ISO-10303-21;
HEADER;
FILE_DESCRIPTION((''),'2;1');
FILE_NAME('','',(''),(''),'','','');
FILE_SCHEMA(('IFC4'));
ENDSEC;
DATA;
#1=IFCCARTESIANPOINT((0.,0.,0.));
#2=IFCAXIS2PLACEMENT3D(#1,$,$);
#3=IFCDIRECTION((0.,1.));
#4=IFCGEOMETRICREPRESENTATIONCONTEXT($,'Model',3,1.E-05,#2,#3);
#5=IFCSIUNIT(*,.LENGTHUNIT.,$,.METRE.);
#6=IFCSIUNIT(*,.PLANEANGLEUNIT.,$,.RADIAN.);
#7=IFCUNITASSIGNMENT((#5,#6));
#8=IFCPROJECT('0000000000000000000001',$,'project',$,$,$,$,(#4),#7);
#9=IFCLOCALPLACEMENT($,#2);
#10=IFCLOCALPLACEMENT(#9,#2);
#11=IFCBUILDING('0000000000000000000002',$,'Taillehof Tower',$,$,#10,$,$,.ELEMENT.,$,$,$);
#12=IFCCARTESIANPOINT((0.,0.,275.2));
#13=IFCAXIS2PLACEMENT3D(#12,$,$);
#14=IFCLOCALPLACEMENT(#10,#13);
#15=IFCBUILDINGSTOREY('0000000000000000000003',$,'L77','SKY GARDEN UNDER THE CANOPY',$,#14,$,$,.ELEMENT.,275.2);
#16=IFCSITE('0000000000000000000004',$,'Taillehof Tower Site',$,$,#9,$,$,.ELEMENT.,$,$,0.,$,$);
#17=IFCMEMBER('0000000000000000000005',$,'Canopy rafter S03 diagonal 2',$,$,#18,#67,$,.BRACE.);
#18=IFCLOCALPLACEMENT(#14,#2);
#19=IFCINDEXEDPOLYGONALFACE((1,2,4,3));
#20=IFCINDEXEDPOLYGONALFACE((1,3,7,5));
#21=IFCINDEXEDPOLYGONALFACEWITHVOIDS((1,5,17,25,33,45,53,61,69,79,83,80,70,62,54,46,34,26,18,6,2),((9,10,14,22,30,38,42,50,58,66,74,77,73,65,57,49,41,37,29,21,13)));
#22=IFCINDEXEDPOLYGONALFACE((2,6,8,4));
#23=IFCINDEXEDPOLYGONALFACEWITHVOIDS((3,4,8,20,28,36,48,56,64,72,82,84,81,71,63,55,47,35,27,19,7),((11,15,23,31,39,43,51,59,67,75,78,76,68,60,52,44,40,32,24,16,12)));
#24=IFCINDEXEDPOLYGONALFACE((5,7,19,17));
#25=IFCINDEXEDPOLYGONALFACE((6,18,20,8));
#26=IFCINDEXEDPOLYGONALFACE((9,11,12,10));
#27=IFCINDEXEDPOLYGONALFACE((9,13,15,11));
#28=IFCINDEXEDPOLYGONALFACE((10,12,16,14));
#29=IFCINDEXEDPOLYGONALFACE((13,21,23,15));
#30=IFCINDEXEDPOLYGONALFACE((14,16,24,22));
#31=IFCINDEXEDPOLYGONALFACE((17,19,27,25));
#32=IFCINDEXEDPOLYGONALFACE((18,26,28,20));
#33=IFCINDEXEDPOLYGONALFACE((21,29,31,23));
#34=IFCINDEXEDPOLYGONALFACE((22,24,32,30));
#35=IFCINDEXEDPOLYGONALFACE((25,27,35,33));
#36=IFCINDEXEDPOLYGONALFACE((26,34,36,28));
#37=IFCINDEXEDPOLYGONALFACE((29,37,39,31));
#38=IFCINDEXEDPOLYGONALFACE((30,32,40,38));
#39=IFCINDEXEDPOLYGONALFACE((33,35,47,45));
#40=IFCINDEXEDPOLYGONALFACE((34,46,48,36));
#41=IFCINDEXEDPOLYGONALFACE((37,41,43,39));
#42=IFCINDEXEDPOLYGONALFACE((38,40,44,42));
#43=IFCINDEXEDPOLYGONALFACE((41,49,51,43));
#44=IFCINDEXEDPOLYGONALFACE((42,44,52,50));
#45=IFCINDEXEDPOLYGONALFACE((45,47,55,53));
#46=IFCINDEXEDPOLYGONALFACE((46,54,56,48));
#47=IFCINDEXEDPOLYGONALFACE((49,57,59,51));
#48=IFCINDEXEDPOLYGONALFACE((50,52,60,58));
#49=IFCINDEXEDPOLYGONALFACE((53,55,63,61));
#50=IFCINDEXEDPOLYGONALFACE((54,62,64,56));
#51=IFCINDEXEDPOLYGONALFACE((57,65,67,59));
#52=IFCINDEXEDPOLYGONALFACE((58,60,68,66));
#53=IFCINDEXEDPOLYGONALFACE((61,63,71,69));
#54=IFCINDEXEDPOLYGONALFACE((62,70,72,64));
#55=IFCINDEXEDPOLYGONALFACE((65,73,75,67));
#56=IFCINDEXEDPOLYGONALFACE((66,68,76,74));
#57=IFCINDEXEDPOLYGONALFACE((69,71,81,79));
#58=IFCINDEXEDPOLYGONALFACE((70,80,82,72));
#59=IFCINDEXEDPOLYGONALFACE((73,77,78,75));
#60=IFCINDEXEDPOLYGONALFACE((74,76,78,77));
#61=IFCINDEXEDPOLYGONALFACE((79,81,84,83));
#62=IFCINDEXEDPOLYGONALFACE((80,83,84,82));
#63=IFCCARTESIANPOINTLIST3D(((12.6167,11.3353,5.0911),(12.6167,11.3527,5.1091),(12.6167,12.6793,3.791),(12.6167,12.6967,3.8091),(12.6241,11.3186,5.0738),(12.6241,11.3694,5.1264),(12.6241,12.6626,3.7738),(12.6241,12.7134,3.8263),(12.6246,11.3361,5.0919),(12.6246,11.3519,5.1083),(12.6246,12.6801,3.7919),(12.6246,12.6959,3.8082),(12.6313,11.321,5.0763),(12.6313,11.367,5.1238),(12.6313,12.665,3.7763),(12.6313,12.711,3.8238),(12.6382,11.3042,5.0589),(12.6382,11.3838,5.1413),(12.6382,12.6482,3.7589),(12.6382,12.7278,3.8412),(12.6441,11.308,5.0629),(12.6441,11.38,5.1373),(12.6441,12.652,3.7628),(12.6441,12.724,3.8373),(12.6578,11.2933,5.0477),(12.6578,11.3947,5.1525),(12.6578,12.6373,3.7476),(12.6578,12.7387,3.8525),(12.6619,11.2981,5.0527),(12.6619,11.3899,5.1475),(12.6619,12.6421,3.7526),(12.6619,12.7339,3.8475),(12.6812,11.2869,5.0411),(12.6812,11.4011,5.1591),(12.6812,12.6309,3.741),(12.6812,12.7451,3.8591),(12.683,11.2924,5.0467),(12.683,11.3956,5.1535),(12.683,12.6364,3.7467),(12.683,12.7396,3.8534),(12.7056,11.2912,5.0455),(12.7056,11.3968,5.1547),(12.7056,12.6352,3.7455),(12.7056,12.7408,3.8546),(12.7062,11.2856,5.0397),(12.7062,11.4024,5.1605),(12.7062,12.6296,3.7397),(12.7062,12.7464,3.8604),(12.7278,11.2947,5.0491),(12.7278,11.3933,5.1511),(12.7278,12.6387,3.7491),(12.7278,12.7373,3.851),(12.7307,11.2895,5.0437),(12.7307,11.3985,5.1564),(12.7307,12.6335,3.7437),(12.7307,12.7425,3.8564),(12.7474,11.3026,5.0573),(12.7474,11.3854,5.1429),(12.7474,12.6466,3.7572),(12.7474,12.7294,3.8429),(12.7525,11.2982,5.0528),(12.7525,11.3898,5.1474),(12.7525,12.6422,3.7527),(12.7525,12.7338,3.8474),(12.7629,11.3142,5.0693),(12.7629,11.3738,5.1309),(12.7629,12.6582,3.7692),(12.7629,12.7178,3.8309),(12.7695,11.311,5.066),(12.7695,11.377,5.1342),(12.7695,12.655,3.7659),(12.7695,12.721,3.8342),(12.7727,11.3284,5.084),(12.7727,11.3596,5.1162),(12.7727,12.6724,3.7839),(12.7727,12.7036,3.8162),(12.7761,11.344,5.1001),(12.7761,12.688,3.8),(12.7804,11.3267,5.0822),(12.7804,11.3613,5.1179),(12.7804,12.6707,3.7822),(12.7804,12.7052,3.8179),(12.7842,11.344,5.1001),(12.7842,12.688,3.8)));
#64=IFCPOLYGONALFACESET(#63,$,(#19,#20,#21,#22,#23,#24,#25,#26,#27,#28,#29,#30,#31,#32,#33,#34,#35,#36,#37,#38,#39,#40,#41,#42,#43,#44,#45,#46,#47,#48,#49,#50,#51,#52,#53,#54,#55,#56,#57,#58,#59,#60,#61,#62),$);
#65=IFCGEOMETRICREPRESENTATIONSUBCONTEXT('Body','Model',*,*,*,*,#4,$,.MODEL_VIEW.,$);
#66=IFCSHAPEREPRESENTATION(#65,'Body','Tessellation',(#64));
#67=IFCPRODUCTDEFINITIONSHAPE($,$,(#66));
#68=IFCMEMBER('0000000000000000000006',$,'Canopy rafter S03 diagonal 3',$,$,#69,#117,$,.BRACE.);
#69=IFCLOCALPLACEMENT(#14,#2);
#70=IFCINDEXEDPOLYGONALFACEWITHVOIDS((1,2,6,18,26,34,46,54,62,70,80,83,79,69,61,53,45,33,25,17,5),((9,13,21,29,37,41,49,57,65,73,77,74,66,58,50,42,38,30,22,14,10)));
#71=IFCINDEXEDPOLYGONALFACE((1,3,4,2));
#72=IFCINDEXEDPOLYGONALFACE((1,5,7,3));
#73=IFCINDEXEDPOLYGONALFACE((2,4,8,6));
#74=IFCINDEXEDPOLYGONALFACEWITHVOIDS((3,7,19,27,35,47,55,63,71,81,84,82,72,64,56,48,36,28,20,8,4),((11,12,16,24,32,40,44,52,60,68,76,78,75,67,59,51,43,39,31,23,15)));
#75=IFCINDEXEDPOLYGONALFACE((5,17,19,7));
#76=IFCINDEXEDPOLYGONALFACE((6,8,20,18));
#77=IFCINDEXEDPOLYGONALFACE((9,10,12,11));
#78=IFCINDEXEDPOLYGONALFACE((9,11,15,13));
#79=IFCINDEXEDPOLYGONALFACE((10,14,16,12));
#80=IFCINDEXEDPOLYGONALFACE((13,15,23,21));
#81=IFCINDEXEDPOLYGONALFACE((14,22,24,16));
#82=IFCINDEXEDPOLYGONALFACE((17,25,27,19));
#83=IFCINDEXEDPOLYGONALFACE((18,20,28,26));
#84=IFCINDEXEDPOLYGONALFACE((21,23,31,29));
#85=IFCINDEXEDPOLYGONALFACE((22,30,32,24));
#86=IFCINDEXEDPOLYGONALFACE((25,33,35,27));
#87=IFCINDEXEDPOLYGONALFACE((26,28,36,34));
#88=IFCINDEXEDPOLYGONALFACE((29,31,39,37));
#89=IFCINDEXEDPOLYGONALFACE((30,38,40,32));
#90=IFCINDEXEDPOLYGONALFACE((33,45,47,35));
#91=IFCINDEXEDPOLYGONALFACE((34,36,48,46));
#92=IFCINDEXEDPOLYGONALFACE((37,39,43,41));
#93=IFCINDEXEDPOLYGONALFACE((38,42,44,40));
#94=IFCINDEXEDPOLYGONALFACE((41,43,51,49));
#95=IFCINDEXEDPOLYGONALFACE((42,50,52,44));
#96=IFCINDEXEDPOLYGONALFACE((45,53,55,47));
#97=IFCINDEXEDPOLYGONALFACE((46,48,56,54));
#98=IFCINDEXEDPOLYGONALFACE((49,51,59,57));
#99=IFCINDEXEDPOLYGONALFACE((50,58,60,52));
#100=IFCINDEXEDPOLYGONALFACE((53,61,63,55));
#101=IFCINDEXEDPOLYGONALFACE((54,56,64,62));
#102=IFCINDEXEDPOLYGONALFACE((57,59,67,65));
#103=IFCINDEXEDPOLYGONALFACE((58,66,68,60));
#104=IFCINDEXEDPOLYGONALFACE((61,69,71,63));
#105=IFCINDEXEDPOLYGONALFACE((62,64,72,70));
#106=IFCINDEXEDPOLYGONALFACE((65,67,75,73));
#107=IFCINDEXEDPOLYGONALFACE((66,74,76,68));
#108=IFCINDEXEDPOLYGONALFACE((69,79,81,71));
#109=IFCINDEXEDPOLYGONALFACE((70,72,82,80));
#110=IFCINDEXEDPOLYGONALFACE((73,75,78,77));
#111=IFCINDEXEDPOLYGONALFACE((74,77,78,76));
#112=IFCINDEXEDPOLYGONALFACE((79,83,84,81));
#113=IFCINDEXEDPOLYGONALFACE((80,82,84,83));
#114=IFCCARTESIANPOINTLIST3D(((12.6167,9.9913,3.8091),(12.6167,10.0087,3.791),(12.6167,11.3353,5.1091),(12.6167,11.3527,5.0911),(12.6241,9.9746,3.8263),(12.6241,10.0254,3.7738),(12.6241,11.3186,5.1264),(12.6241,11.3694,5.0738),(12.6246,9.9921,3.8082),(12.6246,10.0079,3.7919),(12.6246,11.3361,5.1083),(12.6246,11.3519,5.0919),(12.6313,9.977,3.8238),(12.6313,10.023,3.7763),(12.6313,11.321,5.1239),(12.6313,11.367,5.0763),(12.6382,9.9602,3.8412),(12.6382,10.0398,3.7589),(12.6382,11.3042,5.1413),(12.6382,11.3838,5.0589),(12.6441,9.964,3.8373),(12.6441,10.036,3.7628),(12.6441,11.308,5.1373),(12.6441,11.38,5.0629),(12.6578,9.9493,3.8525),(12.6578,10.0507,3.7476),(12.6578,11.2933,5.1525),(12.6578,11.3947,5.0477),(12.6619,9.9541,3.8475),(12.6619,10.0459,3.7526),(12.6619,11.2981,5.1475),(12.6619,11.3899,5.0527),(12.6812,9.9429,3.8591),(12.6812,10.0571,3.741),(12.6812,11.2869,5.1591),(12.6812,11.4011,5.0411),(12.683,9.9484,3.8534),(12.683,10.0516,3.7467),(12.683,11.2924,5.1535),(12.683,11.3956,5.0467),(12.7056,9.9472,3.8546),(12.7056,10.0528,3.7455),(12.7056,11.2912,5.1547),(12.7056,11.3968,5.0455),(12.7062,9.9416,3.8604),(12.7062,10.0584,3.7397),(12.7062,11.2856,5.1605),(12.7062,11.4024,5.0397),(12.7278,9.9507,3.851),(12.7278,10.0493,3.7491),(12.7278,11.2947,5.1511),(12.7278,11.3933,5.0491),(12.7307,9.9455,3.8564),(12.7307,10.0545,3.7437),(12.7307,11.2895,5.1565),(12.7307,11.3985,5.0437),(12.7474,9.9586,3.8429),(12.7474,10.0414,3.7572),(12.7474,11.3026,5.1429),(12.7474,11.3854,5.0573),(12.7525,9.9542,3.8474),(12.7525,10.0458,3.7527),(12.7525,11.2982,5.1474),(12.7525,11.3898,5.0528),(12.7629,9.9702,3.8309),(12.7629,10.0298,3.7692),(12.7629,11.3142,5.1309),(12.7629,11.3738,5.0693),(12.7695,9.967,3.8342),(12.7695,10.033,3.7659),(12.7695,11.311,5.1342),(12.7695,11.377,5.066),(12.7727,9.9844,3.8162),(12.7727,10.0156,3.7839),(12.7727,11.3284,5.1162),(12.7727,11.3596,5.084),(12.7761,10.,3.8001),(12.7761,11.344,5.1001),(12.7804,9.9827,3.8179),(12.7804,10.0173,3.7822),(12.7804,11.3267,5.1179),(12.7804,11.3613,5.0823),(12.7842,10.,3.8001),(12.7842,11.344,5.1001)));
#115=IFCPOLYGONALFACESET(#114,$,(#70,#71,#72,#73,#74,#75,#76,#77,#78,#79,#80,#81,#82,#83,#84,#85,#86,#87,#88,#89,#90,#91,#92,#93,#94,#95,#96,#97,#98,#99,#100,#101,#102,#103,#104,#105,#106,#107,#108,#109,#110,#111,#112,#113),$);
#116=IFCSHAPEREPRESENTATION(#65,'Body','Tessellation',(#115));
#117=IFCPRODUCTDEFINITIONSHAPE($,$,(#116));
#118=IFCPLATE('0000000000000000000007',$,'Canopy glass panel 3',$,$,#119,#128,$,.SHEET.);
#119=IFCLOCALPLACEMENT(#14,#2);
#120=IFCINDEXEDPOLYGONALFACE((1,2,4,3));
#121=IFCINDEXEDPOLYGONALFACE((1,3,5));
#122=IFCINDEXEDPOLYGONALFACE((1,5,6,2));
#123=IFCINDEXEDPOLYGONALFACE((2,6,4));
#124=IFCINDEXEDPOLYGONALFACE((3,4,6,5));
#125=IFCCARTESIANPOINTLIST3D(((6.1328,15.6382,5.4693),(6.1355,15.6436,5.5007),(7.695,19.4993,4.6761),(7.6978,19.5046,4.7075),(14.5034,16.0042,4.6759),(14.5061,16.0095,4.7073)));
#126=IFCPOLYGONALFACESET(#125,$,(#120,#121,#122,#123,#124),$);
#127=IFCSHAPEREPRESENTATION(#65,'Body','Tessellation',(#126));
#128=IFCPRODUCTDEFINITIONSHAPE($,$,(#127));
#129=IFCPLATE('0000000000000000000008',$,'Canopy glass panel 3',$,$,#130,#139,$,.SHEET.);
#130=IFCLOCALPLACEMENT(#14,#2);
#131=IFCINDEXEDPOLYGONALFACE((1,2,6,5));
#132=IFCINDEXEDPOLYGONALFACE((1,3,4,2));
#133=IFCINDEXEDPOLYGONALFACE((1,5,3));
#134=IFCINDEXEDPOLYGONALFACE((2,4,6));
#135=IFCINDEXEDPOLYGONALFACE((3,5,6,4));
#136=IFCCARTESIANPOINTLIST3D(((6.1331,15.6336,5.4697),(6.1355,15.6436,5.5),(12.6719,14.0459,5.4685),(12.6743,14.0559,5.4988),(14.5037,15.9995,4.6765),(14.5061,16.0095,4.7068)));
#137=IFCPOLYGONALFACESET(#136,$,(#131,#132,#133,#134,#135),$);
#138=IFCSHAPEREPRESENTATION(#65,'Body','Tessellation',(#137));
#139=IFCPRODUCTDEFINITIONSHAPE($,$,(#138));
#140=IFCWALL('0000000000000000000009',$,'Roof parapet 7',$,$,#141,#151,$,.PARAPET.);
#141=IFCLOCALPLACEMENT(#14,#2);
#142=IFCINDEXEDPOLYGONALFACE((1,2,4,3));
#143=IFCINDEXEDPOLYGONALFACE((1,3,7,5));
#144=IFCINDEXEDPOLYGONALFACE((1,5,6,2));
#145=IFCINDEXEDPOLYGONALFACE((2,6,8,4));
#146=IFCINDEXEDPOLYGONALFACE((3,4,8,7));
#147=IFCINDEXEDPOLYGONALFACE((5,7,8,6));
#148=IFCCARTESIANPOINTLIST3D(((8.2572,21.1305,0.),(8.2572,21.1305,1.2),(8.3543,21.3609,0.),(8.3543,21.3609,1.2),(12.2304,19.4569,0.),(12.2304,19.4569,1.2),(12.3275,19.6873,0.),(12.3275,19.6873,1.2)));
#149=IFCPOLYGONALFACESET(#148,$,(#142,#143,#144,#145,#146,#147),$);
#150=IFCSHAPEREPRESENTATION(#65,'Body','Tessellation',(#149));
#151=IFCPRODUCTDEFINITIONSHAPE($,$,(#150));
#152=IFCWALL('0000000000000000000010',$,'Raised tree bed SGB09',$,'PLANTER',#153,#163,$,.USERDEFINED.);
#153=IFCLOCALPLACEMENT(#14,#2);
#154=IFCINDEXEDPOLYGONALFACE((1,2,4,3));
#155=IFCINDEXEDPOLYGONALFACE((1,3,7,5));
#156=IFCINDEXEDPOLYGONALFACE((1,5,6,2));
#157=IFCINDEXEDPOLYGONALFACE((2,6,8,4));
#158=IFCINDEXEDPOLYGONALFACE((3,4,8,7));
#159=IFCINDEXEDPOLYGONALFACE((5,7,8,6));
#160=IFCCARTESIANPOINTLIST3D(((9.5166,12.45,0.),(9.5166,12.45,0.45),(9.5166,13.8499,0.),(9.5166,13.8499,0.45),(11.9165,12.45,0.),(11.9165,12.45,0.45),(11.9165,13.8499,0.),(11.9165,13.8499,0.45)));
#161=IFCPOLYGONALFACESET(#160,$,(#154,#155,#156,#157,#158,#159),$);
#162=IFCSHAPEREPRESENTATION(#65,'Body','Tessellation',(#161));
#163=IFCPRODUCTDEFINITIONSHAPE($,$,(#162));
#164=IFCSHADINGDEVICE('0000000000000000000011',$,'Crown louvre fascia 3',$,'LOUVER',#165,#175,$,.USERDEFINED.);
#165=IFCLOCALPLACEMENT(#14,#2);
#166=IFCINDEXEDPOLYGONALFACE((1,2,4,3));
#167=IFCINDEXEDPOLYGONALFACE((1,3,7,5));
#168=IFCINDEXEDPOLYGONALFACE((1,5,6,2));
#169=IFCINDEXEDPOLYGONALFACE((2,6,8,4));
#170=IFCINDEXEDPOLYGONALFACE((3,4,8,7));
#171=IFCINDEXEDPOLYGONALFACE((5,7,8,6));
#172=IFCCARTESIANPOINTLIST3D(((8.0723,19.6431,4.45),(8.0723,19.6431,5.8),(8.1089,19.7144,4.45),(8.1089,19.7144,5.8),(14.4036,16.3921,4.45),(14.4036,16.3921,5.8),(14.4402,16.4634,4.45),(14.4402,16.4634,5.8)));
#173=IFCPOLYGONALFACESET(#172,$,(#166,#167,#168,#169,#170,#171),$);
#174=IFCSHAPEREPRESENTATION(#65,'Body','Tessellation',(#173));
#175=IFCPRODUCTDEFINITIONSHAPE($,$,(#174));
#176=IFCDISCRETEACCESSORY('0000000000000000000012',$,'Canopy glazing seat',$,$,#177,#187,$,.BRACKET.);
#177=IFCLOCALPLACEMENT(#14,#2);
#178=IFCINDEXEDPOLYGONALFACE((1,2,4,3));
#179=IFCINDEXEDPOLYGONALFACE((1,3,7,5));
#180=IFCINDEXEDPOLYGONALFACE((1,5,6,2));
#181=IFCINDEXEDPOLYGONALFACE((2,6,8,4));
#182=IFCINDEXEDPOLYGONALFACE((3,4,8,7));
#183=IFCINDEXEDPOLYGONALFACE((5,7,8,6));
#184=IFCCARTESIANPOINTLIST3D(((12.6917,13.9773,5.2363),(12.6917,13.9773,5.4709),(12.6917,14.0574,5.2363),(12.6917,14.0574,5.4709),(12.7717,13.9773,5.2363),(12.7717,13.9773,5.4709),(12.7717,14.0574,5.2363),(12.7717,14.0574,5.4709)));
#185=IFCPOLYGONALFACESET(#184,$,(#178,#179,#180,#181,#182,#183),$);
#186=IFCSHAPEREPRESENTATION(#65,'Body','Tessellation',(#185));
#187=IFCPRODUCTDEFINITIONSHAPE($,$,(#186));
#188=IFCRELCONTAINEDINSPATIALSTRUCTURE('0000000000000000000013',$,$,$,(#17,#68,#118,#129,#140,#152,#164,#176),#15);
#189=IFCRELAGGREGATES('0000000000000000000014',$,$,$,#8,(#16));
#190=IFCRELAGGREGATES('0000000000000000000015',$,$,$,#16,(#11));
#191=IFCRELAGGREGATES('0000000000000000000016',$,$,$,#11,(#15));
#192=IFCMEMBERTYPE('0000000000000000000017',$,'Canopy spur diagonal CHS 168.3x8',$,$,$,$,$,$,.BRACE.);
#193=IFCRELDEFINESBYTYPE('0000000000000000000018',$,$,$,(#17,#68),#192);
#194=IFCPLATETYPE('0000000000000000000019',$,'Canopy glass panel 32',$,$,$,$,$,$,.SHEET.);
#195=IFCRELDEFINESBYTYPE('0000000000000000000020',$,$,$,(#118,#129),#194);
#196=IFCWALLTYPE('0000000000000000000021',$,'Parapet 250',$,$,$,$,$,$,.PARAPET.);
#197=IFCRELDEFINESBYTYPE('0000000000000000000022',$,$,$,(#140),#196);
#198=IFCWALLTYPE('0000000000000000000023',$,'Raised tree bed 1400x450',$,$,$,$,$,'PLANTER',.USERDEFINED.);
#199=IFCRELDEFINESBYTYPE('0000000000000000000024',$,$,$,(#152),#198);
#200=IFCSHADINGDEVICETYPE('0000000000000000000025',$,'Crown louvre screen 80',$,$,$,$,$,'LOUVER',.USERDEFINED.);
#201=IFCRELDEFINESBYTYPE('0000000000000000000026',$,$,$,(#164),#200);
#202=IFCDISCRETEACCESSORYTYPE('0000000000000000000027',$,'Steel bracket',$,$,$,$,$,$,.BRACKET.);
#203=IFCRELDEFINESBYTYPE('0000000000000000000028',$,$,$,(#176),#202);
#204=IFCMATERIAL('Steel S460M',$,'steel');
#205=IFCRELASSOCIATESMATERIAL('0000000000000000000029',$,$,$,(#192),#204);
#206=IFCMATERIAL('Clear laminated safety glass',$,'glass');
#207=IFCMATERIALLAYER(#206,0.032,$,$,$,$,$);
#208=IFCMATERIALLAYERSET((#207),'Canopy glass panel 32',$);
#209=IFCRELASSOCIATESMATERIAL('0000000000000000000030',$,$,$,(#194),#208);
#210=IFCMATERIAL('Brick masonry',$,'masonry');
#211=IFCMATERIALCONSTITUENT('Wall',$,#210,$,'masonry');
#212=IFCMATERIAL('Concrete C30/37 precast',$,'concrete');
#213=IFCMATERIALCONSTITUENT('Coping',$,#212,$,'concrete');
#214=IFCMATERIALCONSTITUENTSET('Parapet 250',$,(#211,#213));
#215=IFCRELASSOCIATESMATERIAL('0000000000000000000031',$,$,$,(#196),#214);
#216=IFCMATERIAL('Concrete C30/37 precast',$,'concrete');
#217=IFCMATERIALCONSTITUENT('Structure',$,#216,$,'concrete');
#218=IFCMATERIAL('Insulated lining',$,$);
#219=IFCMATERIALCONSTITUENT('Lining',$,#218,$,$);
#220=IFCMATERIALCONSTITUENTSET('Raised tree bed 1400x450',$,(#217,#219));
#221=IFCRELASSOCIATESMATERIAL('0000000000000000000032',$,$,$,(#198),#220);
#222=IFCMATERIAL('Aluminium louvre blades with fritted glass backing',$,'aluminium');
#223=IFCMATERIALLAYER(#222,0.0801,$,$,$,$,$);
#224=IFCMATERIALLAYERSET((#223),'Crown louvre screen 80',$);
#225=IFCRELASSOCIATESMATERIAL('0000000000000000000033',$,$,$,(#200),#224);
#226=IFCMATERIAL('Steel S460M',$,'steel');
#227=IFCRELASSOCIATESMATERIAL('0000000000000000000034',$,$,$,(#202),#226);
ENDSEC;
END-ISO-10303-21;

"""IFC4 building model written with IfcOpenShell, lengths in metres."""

from ifc_helpers import new_model, si_unit, direction, frame, frame_2d, origin, origin_2d, place, context, subcontext, project, spatial, polyline, rectangle, hollow_circle, outline, extrude, material, layer, layer_set, constituent, constituent_set, material_profile, profile_set, type_object, element, save


model = new_model("IFC4")

# Units and contexts
model_context = context("Model", 3, precision=1e-05, world=origin(), true_north=direction((0.0, 1.0)))
body_context = subcontext(model_context, "Body", "Model", "MODEL_VIEW")
ifc_project = project(units=[si_unit("LENGTHUNIT", "METRE"), si_unit("PLANEANGLEUNIT", "RADIAN")], contexts=[model_context])

# Site, building, storey
site_placement = place(None, origin())
site = spatial("IfcSite", under=ifc_project, at=site_placement, Name="Taillehof Tower Site", CompositionType="ELEMENT", RefElevation=0.0)
building_placement = place(site_placement, origin())
building = spatial("IfcBuilding", under=site, at=building_placement, Name="Taillehof Tower", CompositionType="ELEMENT")
storey_placement = place(building_placement, frame((0.0, 0.0, 275.2)))
storey = spatial("IfcBuildingStorey", under=building, at=storey_placement, Name="L77", Description="SKY GARDEN UNDER THE CANOPY", CompositionType="ELEMENT", Elevation=275.2)

# Members
ifc_material_1 = material(Name="Steel S460M", Category="steel")
ifc_material_profile_1 = material_profile(ifc_material_1, hollow_circle(Radius=0.0842, WallThickness=0.0081, at=origin_2d()), Name="CHS 168.3x8")
ifc_profile_set_1 = profile_set([ifc_material_profile_1], Name="Steel S460M")
member_type_1 = type_object("IfcMemberType", Name="Canopy spur diagonal CHS 168.3x8", PredefinedType="BRACE", material=ifc_profile_set_1)
for number, where, z_axis, x_axis, name in (
    (1, (12.7, 12.688, 3.8), (0.0, -0.71876, 0.695258), (1.0, 0.0, 0.0), "Canopy rafter S03 diagonal 2"),
    (2, (12.7, 11.344, 5.1001), (0.0, -0.71876, -0.695258), (1.0, 0.0, 0.0), "Canopy rafter S03 diagonal 3"),
):
    element("IfcMember", number, at=place(storey_placement, frame(where, z_axis=z_axis, x_axis=x_axis)), inside=storey, type_object=member_type_1, Name=name, PredefinedType="BRACE", context=body_context, shape_type="SweptSolid", body=[
        extrude(hollow_circle(Radius=0.0842, WallThickness=0.0081, at=origin_2d()), origin(), (0.0, 0.0, 1.0), 1.8699),
    ])

# Plates
ifc_material_2 = material(Name="Clear laminated safety glass", Category="glass")
ifc_layer_1 = layer(ifc_material_2, 0.032)
ifc_layer_set_1 = layer_set([ifc_layer_1], Name="Canopy glass panel 32")
plate_type = type_object("IfcPlateType", Name="Canopy glass panel 32", PredefinedType="SHEET", material=ifc_layer_set_1)
plate_1_placement = place(storey_placement, frame((14.5061, 16.0095, 4.7073), z_axis=(0.0858, 0.167066, 0.982205), x_axis=(-0.889623, 0.456695, 0.000032)))
element("IfcPlate", 3, at=plate_1_placement, inside=storey, type_object=plate_type, Name="Canopy glass panel 3", PredefinedType="SHEET", context=body_context, shape_type="SweptSolid", body=[
    extrude(outline(polyline([(0.0, 0.0), (7.6531, 0.0), (7.2796, 4.2235), (0.0, 0.0)])), origin(), (0.0, 0.0, -1.0), 0.032),
])
plate_2_placement = place(storey_placement, frame((14.5061, 16.0095, 4.7068), z_axis=(0.076061, 0.312536, 0.946856), x_axis=(-0.994598, -0.043484, 0.09425)))
element("IfcPlate", 4, at=plate_2_placement, inside=storey, type_object=plate_type, Name="Canopy glass panel 3", PredefinedType="SHEET", context=body_context, shape_type="SweptSolid", body=[
    extrude(outline(polyline([(0.0, 0.0), (8.4161, 0.0), (1.9815, 1.968), (0.0, 0.0)])), origin(), (0.0, 0.0, -1.0), 0.032),
])

# Walls
ifc_material_3 = material(Name="Brick masonry", Category="masonry")
ifc_constituent_1 = constituent(ifc_material_3, Name="Wall", Category="masonry")
ifc_material_4 = material(Name="Concrete C30/37 precast", Category="concrete")
ifc_constituent_2 = constituent(ifc_material_4, Name="Coping", Category="concrete")
ifc_constituent_set_1 = constituent_set(constituents=[ifc_constituent_1, ifc_constituent_2], Name="Parapet 250")
wall_type_1 = type_object("IfcWallType", Name="Parapet 250", PredefinedType="PARAPET", material=ifc_constituent_set_1)
wall_1_placement = place(storey_placement, frame((12.2791, 19.572, 0.0), z_axis=(0.0, 0.0, 1.0), x_axis=(-0.921579, 0.388191, 0.0)))
element("IfcWall", 5, at=wall_1_placement, inside=storey, type_object=wall_type_1, Name="Roof parapet 7", PredefinedType="PARAPET", context=body_context, shape_type="SweptSolid", body=[
    extrude(rectangle(XDim=4.3113, YDim=0.25, at=frame_2d((2.1558, 0.0))), origin(), (0.0, 0.0, 1.0), 1.2),
])
ifc_material_5 = material(Name="Concrete C30/37 precast", Category="concrete")
ifc_constituent_3 = constituent(ifc_material_5, Name="Structure", Category="concrete")
ifc_material_6 = material(Name="Insulated lining")
ifc_constituent_4 = constituent(ifc_material_6, Name="Lining")
ifc_constituent_set_2 = constituent_set(constituents=[ifc_constituent_3, ifc_constituent_4], Name="Raised tree bed 1400x450")
wall_type_2 = type_object("IfcWallType", Name="Raised tree bed 1400x450", ElementType="PLANTER", PredefinedType="USERDEFINED", material=ifc_constituent_set_2)
wall_2_placement = place(storey_placement, frame((11.9165, 13.1499, 0.0), z_axis=(0.0, 0.0, 1.0), x_axis=(-1.0, 0.0, 0.0)))
element("IfcWall", 6, at=wall_2_placement, inside=storey, type_object=wall_type_2, Name="Raised tree bed SGB09", ObjectType="PLANTER", PredefinedType="USERDEFINED", context=body_context, shape_type="SweptSolid", body=[
    extrude(rectangle(XDim=2.3999, YDim=1.3999, at=frame_2d((1.2, 0.0))), origin(), (0.0, 0.0, 1.0), 0.45),
])

# Shading device
ifc_material_7 = material(Name="Aluminium louvre blades with fritted glass backing", Category="aluminium")
ifc_layer_2 = layer(ifc_material_7, 0.0801)
ifc_layer_set_2 = layer_set([ifc_layer_2], Name="Crown louvre screen 80")
shading_device_type = type_object("IfcShadingDeviceType", Name="Crown louvre screen 80", ElementType="LOUVER", PredefinedType="USERDEFINED", material=ifc_layer_set_2)
shading_device_placement = place(storey_placement, frame((14.4402, 16.4634, 4.45), z_axis=(0.456779, 0.88958, 0.0), x_axis=(-0.88958, 0.456779, 0.0)))
element("IfcShadingDevice", 7, at=shading_device_placement, inside=storey, type_object=shading_device_type, Name="Crown louvre fascia 3", ObjectType="LOUVER", PredefinedType="USERDEFINED", context=body_context, shape_type="SweptSolid", body=[
    extrude(outline(polyline([(0.0, 0.0), (7.1172, 0.0), (7.1172, 1.3501), (0.0, 1.3501), (0.0, 0.0)])), origin(), (0.0, 0.0, -1.0), 0.0801),
])

# Discrete accessory
ifc_material_8 = material(Name="Steel S460M", Category="steel")
discrete_accessory_type_1 = type_object("IfcDiscreteAccessoryType", Name="Steel bracket", PredefinedType="BRACKET", material=ifc_material_8)
discrete_accessory_1_placement = place(storey_placement, frame((12.7317, 14.0173, 5.2363), z_axis=(0.0, 0.0, 1.0), x_axis=(1.0, 0.0, 0.0)))
element("IfcDiscreteAccessory", 8, at=discrete_accessory_1_placement, inside=storey, type_object=discrete_accessory_type_1, Name="Canopy glazing seat", PredefinedType="BRACKET", context=body_context, shape_type="SweptSolid", body=[
    extrude(rectangle(XDim=0.0801, YDim=0.0801, at=origin_2d()), origin(), (0.0, 0.0, 1.0), 0.2346),
])

save(model, "model.ifc")
